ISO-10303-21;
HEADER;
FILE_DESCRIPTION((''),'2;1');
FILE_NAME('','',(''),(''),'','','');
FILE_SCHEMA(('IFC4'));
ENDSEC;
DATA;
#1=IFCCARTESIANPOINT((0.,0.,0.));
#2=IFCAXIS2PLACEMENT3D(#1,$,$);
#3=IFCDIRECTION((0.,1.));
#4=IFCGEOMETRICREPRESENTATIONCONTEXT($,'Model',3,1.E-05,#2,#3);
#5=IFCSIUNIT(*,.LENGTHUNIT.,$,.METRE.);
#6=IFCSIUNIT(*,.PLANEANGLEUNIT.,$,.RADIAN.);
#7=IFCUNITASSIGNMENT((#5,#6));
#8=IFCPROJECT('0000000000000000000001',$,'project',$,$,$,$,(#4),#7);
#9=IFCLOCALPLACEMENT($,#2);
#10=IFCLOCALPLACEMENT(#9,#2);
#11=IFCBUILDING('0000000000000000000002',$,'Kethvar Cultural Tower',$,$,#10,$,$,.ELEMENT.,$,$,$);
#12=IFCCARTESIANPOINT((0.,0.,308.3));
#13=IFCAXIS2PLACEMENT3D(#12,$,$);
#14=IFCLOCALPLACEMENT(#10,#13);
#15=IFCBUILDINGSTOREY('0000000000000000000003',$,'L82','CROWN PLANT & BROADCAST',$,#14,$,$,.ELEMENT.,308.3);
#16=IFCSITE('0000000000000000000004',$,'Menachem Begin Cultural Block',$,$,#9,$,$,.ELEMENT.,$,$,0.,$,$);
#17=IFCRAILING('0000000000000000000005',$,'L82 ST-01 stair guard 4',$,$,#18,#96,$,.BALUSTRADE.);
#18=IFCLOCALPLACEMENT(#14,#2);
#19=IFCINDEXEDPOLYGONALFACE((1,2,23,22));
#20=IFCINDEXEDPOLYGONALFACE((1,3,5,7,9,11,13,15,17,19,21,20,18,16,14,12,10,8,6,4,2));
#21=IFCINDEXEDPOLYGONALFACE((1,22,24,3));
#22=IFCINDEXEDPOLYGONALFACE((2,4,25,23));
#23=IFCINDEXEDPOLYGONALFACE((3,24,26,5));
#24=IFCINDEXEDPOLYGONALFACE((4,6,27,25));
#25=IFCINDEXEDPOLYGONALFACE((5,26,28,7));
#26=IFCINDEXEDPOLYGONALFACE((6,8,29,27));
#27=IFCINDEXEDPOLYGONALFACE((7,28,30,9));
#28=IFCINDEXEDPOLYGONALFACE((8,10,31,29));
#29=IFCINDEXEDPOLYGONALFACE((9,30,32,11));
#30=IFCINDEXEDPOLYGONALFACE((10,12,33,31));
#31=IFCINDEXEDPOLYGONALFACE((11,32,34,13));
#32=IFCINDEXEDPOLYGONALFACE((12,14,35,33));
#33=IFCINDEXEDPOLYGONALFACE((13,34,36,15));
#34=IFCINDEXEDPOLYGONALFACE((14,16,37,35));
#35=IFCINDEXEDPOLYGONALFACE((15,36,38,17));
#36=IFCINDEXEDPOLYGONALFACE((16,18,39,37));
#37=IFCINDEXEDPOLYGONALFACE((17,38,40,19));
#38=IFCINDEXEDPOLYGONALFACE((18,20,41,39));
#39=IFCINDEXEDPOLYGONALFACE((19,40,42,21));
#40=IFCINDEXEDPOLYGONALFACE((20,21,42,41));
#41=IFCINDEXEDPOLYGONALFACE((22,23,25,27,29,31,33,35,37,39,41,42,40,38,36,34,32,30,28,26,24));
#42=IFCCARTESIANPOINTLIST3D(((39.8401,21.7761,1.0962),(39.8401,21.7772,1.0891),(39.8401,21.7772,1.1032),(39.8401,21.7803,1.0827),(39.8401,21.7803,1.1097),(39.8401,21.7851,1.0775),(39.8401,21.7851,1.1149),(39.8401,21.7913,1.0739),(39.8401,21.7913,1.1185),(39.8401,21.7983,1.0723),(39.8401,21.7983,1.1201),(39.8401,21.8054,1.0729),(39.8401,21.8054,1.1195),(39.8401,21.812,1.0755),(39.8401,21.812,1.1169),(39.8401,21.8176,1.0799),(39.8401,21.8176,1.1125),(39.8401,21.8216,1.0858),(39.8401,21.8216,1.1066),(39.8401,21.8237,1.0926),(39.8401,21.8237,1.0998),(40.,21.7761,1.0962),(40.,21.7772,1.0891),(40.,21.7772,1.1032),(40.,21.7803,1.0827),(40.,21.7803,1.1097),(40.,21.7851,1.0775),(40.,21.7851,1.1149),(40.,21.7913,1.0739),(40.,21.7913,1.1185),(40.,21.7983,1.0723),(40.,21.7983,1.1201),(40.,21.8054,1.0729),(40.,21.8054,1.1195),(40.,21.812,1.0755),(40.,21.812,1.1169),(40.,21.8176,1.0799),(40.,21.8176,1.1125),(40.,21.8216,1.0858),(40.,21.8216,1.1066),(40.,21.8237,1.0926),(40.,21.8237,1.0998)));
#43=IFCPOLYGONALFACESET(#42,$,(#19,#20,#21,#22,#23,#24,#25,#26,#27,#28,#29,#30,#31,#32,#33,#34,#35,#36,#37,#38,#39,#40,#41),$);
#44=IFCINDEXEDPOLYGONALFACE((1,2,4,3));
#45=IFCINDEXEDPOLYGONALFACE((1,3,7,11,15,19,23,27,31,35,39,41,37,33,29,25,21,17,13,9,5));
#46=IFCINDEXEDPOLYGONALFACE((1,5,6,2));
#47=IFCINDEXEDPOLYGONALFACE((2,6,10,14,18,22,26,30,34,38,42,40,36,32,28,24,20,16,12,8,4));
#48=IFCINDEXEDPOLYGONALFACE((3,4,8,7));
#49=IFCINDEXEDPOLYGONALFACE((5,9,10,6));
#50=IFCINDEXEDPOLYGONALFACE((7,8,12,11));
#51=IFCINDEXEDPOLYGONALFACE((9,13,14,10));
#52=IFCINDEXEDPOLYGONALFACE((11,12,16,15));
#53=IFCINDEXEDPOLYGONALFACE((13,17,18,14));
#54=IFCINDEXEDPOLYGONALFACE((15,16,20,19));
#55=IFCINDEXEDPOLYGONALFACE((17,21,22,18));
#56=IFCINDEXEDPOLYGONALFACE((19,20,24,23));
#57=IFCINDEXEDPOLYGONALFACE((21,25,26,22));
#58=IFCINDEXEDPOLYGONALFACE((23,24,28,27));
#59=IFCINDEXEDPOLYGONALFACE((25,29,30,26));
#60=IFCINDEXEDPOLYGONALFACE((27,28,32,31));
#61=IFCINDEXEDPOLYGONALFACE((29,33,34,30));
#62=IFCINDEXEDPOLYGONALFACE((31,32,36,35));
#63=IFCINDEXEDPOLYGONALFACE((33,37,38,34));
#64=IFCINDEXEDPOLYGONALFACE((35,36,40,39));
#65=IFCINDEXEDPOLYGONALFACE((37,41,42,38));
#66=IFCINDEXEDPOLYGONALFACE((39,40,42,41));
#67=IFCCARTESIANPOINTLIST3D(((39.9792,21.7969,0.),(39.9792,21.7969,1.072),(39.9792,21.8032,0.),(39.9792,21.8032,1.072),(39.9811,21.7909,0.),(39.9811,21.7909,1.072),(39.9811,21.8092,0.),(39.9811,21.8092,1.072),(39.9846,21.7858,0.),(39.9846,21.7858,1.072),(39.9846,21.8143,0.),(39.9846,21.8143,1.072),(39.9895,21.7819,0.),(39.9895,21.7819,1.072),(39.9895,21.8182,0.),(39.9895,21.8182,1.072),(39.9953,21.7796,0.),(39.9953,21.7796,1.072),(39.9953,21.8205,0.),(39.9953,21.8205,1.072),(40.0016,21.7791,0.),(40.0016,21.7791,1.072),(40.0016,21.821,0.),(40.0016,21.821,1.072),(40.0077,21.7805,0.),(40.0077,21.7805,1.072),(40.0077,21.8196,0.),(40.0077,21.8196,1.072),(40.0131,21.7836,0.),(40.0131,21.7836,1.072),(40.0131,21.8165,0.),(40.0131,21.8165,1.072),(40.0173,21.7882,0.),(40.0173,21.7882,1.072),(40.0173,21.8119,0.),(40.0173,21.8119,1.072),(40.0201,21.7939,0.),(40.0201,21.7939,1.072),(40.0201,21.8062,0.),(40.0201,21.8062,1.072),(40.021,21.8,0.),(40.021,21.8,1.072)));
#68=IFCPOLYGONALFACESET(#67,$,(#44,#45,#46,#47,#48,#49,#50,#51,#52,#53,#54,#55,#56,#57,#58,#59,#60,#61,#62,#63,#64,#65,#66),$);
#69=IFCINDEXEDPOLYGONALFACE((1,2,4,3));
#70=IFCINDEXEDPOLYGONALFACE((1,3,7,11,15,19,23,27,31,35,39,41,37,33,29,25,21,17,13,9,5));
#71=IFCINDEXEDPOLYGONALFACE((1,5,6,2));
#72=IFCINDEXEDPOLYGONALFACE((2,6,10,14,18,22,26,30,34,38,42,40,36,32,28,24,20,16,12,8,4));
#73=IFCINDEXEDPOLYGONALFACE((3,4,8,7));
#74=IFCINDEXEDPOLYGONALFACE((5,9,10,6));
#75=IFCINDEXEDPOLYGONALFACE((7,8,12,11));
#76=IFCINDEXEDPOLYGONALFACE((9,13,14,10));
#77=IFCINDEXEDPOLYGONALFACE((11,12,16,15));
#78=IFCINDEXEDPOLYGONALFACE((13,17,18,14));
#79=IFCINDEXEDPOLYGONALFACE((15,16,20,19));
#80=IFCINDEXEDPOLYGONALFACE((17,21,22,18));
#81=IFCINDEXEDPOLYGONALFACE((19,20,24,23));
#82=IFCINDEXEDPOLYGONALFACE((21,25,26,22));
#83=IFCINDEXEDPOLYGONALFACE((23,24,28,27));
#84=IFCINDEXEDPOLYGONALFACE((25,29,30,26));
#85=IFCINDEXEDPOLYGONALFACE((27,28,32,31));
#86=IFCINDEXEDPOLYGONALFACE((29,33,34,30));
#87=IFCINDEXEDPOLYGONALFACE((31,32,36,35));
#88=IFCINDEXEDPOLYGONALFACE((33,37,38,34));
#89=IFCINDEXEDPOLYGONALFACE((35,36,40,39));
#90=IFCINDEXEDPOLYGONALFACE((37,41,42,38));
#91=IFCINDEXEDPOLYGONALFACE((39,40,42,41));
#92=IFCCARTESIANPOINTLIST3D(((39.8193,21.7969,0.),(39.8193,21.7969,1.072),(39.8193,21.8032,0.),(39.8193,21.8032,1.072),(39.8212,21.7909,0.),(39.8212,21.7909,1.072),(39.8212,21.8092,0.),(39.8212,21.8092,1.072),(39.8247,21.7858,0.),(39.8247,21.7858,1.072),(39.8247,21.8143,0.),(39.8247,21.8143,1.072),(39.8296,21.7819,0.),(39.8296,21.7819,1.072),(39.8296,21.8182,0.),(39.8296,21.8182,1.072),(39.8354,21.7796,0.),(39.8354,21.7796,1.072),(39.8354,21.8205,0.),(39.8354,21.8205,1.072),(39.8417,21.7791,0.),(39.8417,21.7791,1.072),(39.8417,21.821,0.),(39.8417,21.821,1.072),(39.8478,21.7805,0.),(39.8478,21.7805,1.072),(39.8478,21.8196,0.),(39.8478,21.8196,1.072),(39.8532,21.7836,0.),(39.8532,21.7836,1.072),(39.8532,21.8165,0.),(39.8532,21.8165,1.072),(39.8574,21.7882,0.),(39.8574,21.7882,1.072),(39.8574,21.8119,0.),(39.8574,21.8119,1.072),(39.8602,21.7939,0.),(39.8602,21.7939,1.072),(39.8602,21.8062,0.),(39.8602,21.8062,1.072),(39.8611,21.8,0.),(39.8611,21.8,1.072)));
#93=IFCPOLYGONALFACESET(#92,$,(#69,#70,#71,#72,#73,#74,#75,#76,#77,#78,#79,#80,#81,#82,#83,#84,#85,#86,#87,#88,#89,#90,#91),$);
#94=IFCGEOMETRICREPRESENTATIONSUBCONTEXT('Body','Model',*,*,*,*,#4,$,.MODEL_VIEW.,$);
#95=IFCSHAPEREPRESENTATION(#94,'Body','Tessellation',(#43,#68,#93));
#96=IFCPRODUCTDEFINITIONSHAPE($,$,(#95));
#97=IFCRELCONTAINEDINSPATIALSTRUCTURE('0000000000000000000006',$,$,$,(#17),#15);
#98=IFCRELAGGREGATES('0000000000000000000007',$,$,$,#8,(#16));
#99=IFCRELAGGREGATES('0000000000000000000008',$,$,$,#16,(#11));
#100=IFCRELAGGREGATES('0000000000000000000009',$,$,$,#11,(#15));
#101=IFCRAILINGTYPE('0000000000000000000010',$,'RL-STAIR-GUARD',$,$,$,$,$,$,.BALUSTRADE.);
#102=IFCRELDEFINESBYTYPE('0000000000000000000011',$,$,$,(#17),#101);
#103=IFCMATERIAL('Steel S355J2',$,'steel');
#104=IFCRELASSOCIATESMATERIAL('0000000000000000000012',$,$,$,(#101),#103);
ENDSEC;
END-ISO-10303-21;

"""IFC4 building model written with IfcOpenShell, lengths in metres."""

from ifc_helpers import new_model, si_unit, direction, frame, origin, origin_2d, place, context, subcontext, project, spatial, circle, extrude, material, type_object, element, save


model = new_model("IFC4")

# Units and contexts
model_context = context("Model", 3, precision=1e-05, world=origin(), true_north=direction((0.0, 1.0)))
body_context = subcontext(model_context, "Body", "Model", "MODEL_VIEW")
ifc_project = project(units=[si_unit("LENGTHUNIT", "METRE"), si_unit("PLANEANGLEUNIT", "RADIAN")], contexts=[model_context])

# Site, building, storey
site_placement = place(None, origin())
site = spatial("IfcSite", under=ifc_project, at=site_placement, Name="Menachem Begin Cultural Block", CompositionType="ELEMENT", RefElevation=0.0)
building_placement = place(site_placement, origin())
building = spatial("IfcBuilding", under=site, at=building_placement, Name="Kethvar Cultural Tower", CompositionType="ELEMENT")
storey_placement = place(building_placement, frame((0.0, 0.0, 308.3)))
storey = spatial("IfcBuildingStorey", under=building, at=storey_placement, Name="L82", Description="CROWN PLANT & BROADCAST", CompositionType="ELEMENT", Elevation=308.3)

# Shared definitions
ifc_material_1 = material(Name="Steel S355J2", Category="steel")

# Railing
railing_type_1 = type_object("IfcRailingType", Name="RL-STAIR-GUARD", PredefinedType="BALUSTRADE", material=ifc_material_1)
railing_1_placement = place(storey_placement, frame((40.0, 21.8, 0.0)))
element("IfcRailing", 1, at=railing_1_placement, inside=storey, type_object=railing_type_1, Name="L82 ST-01 stair guard 4", PredefinedType="BALUSTRADE", context=body_context, shape_type="SweptSolid", body=[
    extrude(circle(Radius=0.0239, at=origin_2d()), frame((0.0, 0.0, 1.0962), z_axis=(-1.0, 0.0, 0.0), x_axis=(0.0, -1.0, 0.0)), (0.0, 0.0, 1.0), 0.1599),
    extrude(circle(Radius=0.021, at=origin_2d()), origin(), (0.0, 0.0, 1.0), 1.072),
    extrude(circle(Radius=0.021, at=origin_2d()), frame((-0.1599, 0.0, 0.0)), (0.0, 0.0, 1.0), 1.072),
])

save(model, "model.ifc")
